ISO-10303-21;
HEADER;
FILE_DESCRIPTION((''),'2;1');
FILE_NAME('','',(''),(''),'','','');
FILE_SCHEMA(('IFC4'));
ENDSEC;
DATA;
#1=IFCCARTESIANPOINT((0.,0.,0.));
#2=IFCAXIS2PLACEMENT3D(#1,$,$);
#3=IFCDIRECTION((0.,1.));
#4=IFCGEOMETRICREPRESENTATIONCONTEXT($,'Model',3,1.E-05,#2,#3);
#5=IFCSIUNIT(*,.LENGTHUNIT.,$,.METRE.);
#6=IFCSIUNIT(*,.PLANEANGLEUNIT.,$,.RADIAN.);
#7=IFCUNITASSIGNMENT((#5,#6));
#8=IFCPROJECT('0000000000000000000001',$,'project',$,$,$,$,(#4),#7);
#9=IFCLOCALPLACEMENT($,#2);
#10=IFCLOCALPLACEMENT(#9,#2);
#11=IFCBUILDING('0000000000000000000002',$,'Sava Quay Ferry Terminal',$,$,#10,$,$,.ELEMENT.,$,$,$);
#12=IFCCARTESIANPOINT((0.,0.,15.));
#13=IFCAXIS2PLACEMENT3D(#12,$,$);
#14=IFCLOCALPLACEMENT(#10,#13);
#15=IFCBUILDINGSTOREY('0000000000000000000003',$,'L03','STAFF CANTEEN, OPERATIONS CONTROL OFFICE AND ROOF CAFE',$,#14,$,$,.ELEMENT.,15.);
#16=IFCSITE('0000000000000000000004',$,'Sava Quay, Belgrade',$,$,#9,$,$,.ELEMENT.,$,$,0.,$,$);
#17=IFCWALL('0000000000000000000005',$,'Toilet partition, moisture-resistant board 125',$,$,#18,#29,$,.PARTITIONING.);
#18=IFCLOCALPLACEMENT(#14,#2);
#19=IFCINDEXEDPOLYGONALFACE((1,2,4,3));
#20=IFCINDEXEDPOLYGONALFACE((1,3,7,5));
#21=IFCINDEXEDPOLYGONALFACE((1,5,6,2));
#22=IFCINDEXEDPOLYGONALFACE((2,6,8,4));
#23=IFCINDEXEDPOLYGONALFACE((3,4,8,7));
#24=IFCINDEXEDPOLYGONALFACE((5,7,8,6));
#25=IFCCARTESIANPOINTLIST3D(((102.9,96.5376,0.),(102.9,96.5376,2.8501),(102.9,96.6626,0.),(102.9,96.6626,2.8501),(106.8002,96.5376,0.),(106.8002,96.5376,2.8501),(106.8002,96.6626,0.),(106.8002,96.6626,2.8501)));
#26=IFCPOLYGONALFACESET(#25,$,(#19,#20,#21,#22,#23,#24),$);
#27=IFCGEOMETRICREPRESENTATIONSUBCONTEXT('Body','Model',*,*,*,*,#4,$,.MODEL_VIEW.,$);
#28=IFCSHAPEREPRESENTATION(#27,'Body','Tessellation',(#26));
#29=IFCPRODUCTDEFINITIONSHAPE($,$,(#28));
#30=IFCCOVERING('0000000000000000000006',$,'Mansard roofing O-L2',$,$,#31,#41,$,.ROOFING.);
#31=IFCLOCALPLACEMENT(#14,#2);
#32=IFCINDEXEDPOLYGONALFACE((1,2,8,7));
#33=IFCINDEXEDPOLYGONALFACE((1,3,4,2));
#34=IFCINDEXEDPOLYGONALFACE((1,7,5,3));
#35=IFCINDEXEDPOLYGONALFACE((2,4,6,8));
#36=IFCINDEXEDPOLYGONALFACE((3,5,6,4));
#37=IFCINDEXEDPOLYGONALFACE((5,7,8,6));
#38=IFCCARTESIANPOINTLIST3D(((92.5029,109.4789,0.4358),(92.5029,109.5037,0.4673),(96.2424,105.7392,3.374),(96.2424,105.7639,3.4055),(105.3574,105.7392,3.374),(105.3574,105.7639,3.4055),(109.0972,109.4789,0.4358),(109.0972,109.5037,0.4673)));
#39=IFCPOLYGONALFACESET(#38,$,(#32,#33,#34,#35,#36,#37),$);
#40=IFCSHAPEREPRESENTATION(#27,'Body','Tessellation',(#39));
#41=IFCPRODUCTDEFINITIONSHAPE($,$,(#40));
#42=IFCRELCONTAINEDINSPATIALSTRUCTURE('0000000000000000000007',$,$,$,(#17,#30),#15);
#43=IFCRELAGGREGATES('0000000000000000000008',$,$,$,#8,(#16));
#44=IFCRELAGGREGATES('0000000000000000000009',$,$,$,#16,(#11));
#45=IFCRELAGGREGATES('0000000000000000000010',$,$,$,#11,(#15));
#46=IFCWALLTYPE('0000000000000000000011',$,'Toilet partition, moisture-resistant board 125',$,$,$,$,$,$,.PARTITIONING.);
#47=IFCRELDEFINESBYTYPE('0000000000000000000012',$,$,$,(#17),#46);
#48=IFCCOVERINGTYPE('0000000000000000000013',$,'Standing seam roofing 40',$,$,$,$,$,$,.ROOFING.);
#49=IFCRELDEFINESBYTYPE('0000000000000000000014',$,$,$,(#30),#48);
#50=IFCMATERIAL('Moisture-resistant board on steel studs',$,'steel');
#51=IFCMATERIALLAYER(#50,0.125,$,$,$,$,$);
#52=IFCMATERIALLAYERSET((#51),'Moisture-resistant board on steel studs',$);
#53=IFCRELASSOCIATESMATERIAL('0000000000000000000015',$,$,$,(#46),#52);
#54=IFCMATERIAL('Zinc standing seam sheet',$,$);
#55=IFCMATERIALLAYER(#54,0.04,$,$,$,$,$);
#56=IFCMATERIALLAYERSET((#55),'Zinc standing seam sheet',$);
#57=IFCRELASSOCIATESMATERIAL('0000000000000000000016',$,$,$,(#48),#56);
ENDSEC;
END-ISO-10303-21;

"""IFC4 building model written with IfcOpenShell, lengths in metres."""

from ifc_helpers import new_model, si_unit, direction, frame, frame_2d, origin, place, context, subcontext, project, spatial, polyline, rectangle, outline, extrude, material, layer, layer_set, type_object, element, save


model = new_model("IFC4")

# Units and contexts
model_context = context("Model", 3, precision=1e-05, world=origin(), true_north=direction((0.0, 1.0)))
body_context = subcontext(model_context, "Body", "Model", "MODEL_VIEW")
ifc_project = project(units=[si_unit("LENGTHUNIT", "METRE"), si_unit("PLANEANGLEUNIT", "RADIAN")], contexts=[model_context])

# Site, building, storey
site_placement = place(None, origin())
site = spatial("IfcSite", under=ifc_project, at=site_placement, Name="Sava Quay, Belgrade", CompositionType="ELEMENT", RefElevation=0.0)
building_placement = place(site_placement, origin())
building = spatial("IfcBuilding", under=site, at=building_placement, Name="Sava Quay Ferry Terminal", CompositionType="ELEMENT")
storey_placement = place(building_placement, frame((0.0, 0.0, 15.0)))
storey = spatial("IfcBuildingStorey", under=building, at=storey_placement, Name="L03", Description="STAFF CANTEEN, OPERATIONS CONTROL OFFICE AND ROOF CAFE", CompositionType="ELEMENT", Elevation=15.0)

# Wall
ifc_material_1 = material(Name="Moisture-resistant board on steel studs", Category="steel")
ifc_layer_1 = layer(ifc_material_1, 0.125)
ifc_layer_set_1 = layer_set([ifc_layer_1], Name="Moisture-resistant board on steel studs")
wall_type_1 = type_object("IfcWallType", Name="Toilet partition, moisture-resistant board 125", PredefinedType="PARTITIONING", material=ifc_layer_set_1)
wall_1_placement = place(storey_placement, frame((102.8999, 96.6001, 0.0), z_axis=(0.0, 0.0, 1.0), x_axis=(1.0, 0.0, 0.0)))
element("IfcWall", 1, at=wall_1_placement, inside=storey, type_object=wall_type_1, Name="Toilet partition, moisture-resistant board 125", PredefinedType="PARTITIONING", context=body_context, shape_type="SweptSolid", body=[
    extrude(rectangle(XDim=3.9001, YDim=0.125, at=frame_2d((1.9502, 0.0))), origin(), (0.0, 0.0, 1.0), 2.8501),
])

# Covering
ifc_material_2 = material(Name="Zinc standing seam sheet")
ifc_layer_2 = layer(ifc_material_2, 0.04)
ifc_layer_set_2 = layer_set([ifc_layer_2], Name="Zinc standing seam sheet")
covering_type = type_object("IfcCoveringType", Name="Standing seam roofing 40", PredefinedType="ROOFING", material=ifc_layer_set_2)
covering_placement = place(storey_placement, frame((109.0972, 109.5037, 0.4673), z_axis=(0.0, 0.617803, 0.786333), x_axis=(-0.618122, -0.618122, 0.485644)))
element("IfcCovering", 2, at=covering_placement, inside=storey, type_object=covering_type, Name="Mansard roofing O-L2", PredefinedType="ROOFING", context=body_context, shape_type="SweptSolid", body=[
    extrude(outline(polyline([(0.0, 0.0), (6.0502, 0.0), (11.6844, -7.1651), (10.2573, -13.0444), (0.0, 0.0)])), origin(), (0.0, 0.0, -1.0), 0.04),
])

save(model, "model.ifc")
